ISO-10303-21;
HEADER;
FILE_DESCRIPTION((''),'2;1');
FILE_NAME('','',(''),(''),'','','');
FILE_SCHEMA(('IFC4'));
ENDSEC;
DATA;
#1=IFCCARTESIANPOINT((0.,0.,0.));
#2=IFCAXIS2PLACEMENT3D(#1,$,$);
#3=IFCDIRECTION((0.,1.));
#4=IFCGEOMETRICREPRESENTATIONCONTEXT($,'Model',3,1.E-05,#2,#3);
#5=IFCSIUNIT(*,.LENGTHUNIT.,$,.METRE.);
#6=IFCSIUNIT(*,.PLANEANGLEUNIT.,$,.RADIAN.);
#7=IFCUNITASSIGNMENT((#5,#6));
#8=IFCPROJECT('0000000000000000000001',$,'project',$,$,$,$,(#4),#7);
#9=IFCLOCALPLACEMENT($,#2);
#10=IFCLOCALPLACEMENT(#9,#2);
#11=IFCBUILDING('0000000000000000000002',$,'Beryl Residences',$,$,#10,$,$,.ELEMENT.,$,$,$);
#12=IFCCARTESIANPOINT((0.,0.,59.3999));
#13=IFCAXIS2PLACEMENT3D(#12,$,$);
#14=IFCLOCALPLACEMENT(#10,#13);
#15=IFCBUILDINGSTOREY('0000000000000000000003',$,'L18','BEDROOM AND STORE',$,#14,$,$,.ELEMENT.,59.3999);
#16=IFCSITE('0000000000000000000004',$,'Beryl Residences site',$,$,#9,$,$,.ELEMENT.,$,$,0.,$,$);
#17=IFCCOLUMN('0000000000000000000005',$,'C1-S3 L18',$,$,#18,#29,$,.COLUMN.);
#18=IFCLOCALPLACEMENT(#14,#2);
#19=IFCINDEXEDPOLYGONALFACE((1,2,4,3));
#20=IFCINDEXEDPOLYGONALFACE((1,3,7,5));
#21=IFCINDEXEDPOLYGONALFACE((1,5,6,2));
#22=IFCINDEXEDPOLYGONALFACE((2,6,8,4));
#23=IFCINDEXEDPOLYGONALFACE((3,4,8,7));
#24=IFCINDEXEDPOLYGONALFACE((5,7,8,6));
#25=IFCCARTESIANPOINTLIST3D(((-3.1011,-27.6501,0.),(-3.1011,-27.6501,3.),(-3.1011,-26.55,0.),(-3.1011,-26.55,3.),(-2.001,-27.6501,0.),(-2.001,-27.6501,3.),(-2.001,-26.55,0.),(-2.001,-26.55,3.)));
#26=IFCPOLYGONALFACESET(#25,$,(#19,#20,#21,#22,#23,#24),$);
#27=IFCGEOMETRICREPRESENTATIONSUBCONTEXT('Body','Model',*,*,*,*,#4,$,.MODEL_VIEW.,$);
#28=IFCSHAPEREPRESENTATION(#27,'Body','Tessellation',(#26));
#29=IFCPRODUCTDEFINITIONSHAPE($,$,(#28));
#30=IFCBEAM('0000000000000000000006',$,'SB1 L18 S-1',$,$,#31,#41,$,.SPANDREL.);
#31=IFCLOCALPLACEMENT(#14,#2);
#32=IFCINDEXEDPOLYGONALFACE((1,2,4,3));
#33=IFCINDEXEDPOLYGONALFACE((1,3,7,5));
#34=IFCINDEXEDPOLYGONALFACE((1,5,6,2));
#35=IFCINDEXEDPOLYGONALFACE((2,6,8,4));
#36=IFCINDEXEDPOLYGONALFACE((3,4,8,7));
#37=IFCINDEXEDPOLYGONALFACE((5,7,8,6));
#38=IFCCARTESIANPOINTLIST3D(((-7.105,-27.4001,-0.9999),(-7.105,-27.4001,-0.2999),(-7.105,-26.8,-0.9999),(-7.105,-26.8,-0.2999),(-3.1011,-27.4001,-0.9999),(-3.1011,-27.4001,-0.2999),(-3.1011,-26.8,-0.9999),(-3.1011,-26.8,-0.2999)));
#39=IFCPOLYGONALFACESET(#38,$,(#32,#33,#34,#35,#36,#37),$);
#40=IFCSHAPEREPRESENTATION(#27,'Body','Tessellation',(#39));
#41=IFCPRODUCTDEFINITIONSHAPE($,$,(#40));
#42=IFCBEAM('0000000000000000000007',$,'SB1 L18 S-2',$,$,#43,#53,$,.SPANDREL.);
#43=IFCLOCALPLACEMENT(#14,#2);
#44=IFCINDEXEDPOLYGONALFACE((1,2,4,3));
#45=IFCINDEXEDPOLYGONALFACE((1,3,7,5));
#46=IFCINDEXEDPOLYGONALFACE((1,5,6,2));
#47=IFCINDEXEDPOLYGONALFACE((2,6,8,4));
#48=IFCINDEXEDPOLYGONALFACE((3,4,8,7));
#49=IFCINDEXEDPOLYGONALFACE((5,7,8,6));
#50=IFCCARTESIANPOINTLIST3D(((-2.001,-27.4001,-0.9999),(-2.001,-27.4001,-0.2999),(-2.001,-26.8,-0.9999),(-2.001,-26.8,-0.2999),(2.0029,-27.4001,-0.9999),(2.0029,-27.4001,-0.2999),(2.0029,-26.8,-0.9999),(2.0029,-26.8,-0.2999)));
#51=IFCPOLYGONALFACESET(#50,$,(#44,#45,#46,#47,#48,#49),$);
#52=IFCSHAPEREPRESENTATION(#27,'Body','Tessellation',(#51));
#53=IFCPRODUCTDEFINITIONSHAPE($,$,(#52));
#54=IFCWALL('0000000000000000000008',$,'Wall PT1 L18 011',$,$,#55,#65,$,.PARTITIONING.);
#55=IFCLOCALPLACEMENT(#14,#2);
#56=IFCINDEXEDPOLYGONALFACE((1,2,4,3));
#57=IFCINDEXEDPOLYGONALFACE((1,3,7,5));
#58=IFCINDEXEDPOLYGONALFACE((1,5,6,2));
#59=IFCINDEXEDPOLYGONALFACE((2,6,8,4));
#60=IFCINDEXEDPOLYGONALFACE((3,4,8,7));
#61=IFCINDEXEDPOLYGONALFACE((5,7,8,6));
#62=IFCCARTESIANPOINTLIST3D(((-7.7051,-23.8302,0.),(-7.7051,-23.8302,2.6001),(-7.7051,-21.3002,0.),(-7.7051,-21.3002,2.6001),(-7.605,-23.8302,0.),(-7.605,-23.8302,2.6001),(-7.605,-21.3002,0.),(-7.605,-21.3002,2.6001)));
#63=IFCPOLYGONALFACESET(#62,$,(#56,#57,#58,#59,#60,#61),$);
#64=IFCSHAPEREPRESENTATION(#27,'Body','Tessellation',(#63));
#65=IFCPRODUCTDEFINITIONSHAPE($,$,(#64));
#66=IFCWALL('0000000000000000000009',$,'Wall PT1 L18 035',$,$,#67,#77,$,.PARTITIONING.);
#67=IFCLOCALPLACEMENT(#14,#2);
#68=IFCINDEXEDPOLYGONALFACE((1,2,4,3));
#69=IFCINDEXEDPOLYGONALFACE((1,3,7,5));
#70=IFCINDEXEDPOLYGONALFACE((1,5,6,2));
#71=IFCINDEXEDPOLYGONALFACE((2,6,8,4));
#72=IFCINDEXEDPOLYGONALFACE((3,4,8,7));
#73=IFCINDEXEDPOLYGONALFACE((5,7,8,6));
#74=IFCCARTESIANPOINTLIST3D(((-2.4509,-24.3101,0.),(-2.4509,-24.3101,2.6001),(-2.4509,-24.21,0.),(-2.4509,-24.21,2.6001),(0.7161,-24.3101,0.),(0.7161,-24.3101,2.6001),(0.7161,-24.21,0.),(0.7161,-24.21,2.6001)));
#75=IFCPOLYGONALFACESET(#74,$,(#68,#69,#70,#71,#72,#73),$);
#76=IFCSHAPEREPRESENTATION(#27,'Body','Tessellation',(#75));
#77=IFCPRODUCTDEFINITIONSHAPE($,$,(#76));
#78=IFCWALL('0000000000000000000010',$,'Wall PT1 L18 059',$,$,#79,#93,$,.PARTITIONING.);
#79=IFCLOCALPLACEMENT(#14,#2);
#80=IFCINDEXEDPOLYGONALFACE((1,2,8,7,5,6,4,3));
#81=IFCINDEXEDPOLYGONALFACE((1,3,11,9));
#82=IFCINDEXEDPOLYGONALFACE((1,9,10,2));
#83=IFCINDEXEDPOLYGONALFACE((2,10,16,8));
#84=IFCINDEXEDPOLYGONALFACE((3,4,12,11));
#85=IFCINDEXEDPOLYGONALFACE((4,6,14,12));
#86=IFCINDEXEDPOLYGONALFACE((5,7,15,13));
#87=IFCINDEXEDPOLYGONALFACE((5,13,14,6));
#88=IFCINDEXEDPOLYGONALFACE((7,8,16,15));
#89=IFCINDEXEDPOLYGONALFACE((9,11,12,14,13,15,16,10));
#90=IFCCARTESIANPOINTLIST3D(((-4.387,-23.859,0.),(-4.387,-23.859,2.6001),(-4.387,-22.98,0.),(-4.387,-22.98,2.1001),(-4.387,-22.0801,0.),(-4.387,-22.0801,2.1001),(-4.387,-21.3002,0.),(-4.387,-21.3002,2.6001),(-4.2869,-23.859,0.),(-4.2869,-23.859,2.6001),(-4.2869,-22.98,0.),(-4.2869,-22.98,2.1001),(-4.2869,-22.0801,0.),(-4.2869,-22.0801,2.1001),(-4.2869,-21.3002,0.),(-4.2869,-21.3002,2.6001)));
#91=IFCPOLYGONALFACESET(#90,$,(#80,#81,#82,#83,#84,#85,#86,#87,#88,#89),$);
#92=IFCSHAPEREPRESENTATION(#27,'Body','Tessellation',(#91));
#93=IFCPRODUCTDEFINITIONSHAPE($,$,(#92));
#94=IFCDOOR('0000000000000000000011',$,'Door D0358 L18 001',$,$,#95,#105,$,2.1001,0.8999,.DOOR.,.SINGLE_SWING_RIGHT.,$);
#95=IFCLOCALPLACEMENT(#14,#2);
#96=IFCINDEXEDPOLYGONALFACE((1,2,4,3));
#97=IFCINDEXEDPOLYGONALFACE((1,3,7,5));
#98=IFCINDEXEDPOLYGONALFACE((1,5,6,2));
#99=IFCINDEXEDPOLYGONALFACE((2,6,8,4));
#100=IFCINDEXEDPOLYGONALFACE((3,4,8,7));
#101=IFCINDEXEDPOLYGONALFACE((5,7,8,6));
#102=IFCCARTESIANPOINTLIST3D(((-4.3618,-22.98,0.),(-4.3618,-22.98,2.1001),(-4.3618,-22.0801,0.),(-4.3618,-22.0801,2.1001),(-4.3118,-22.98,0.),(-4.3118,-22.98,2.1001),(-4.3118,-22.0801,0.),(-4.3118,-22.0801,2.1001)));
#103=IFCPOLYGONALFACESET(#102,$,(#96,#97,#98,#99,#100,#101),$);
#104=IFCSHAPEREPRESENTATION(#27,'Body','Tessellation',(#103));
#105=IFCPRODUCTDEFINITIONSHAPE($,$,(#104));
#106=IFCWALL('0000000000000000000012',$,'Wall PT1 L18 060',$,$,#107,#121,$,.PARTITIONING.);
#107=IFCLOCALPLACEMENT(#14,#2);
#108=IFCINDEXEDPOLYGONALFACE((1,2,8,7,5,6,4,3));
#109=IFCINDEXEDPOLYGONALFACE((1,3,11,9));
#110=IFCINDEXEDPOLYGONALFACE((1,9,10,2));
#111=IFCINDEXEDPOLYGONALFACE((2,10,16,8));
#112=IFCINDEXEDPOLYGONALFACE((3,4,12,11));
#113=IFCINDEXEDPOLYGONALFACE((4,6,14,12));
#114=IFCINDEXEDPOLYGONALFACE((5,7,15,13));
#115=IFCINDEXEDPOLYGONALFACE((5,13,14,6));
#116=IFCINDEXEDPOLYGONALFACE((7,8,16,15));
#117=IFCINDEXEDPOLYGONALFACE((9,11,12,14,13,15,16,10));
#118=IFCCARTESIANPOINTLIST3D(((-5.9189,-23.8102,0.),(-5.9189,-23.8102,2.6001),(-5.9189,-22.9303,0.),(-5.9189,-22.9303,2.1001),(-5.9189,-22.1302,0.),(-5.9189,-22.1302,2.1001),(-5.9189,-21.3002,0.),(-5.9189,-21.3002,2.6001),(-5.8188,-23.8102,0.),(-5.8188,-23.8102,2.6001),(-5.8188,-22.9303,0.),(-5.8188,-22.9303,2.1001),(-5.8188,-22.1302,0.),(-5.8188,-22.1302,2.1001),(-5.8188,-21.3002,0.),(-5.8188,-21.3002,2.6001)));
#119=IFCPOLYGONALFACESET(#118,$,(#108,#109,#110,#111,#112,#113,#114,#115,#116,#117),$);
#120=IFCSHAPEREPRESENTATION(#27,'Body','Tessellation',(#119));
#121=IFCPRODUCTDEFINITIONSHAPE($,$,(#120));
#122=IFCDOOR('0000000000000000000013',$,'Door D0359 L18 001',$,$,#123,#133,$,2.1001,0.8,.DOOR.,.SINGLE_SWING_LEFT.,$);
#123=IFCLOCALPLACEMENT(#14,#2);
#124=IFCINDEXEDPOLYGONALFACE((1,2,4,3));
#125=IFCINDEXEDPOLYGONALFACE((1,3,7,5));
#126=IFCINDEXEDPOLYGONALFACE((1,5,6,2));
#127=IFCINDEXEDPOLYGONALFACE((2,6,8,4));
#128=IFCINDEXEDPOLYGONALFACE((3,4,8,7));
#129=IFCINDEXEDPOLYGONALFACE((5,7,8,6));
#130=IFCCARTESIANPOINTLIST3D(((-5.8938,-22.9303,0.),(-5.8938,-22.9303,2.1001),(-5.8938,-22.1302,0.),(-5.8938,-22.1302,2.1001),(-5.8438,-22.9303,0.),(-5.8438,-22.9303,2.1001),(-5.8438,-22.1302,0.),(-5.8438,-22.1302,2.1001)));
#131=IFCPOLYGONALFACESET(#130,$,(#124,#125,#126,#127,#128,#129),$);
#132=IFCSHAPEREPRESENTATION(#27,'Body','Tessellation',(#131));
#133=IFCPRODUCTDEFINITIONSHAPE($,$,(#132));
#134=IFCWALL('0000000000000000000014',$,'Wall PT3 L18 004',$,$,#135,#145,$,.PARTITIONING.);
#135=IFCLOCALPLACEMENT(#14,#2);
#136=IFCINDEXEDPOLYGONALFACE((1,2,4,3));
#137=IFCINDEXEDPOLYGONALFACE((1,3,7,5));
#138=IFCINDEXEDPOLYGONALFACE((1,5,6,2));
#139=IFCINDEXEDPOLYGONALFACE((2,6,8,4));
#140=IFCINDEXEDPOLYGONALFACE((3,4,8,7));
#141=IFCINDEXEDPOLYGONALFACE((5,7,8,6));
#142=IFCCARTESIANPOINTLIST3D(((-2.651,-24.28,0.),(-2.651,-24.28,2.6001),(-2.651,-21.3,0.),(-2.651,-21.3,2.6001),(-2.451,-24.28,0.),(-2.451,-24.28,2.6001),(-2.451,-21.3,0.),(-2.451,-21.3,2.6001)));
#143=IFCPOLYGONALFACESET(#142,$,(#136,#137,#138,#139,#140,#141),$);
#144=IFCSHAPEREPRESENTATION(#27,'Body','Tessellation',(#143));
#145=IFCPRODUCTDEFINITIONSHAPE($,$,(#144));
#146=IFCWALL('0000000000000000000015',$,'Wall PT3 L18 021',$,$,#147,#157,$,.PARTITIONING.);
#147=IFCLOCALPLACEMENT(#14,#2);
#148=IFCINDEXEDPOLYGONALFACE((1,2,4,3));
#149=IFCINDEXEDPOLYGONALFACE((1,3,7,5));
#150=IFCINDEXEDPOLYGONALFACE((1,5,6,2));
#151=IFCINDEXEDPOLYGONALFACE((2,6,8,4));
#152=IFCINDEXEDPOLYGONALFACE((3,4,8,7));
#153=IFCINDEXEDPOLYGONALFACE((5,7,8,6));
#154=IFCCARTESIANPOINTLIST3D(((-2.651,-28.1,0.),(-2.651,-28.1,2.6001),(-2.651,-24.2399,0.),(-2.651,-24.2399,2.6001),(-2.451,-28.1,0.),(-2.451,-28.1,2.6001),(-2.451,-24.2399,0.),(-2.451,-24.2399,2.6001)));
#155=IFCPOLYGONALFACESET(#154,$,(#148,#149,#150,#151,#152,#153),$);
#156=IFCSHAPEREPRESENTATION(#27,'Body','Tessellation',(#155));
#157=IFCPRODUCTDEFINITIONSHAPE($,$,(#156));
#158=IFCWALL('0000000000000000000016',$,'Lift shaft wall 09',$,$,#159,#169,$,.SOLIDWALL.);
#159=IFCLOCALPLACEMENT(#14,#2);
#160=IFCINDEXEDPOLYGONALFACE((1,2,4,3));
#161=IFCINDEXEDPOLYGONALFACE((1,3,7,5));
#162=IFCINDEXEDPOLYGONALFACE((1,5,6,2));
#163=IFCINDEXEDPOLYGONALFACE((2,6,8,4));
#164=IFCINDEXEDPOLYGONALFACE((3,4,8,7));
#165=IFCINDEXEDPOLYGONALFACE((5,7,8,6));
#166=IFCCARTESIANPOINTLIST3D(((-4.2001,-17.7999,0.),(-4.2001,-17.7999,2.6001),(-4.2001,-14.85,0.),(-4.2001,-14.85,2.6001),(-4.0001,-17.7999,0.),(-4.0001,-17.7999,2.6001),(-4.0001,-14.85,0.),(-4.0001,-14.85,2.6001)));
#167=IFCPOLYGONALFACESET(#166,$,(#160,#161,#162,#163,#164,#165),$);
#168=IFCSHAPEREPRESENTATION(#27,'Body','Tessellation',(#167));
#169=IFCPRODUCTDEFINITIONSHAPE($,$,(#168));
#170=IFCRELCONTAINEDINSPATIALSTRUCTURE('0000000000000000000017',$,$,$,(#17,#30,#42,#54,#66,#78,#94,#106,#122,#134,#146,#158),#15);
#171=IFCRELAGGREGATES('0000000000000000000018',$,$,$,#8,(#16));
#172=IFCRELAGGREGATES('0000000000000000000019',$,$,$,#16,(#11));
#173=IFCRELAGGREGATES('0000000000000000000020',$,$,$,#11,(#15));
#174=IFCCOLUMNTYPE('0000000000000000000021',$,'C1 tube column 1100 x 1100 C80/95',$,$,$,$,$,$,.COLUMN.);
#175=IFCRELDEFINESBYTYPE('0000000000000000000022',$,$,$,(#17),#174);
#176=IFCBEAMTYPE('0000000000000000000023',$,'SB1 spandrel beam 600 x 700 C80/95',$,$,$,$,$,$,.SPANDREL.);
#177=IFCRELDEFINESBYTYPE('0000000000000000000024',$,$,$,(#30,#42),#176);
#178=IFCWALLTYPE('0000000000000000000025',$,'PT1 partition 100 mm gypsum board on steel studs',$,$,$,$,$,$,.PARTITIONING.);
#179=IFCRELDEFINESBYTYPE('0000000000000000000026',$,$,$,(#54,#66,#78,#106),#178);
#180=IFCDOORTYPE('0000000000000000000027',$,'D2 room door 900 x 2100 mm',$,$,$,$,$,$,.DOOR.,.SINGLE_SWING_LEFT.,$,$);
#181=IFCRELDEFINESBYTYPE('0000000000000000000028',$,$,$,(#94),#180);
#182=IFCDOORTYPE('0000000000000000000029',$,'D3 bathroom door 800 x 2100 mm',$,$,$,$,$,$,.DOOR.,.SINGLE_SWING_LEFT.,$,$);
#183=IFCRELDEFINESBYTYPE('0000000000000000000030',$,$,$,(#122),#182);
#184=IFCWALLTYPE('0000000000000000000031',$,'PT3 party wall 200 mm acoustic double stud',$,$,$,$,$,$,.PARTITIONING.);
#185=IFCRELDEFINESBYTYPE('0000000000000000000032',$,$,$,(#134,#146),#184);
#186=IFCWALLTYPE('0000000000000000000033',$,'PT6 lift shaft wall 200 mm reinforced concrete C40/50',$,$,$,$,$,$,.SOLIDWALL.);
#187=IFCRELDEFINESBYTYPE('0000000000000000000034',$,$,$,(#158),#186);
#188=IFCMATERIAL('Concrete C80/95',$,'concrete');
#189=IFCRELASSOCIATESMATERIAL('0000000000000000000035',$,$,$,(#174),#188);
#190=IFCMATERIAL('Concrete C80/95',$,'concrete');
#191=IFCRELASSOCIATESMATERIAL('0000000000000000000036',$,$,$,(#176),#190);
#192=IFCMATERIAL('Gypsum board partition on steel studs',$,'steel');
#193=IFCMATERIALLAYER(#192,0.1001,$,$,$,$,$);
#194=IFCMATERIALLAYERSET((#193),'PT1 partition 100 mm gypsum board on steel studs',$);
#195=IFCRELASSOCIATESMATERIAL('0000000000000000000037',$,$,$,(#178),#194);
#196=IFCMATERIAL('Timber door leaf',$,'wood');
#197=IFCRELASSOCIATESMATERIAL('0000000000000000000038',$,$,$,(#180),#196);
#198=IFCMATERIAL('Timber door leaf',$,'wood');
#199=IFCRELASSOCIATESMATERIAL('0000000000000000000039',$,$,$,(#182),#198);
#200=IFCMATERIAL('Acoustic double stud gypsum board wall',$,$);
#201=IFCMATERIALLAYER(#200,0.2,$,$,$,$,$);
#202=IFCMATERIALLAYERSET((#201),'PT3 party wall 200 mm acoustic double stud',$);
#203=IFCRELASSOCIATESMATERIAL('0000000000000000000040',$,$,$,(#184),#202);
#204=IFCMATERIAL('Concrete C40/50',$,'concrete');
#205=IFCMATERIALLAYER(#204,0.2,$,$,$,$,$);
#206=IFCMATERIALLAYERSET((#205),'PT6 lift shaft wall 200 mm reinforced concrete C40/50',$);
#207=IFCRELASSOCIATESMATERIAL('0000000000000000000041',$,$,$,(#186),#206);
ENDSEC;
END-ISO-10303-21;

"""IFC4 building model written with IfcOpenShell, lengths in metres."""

from ifc_helpers import new_model, si_unit, direction, frame, frame_2d, origin, origin_2d, place, context, subcontext, project, spatial, rectangle, extrude, material, layer, layer_set, material_profile, profile_set, type_object, element, fill, save


model = new_model("IFC4")

# Units and contexts
model_context = context("Model", 3, precision=1e-05, world=origin(), true_north=direction((0.0, 1.0)))
body_context = subcontext(model_context, "Body", "Model", "MODEL_VIEW")
ifc_project = project(units=[si_unit("LENGTHUNIT", "METRE"), si_unit("PLANEANGLEUNIT", "RADIAN")], contexts=[model_context])

# Site, building, storey
site_placement = place(None, origin())
site = spatial("IfcSite", under=ifc_project, at=site_placement, Name="Beryl Residences site", CompositionType="ELEMENT", RefElevation=0.0)
building_placement = place(site_placement, origin())
building = spatial("IfcBuilding", under=site, at=building_placement, Name="Beryl Residences", CompositionType="ELEMENT")
storey_placement = place(building_placement, frame((0.0, 0.0, 59.3999)))
storey = spatial("IfcBuildingStorey", under=building, at=storey_placement, Name="L18", Description="BEDROOM AND STORE", CompositionType="ELEMENT", Elevation=59.3999)

# Column
ifc_material_1 = material(Name="Concrete C80/95", Category="concrete")
ifc_material_profile_1 = material_profile(ifc_material_1, rectangle(XDim=1.1001, YDim=1.1001, at=origin_2d()))
ifc_profile_set_1 = profile_set([ifc_material_profile_1], Name="Concrete C80/95")
column_type = type_object("IfcColumnType", Name="C1 tube column 1100 x 1100 C80/95", PredefinedType="COLUMN", material=ifc_profile_set_1)
column_placement = place(storey_placement, frame((-2.551, -27.1001, 0.0), z_axis=(0.0, 0.0, 1.0), x_axis=(1.0, 0.0, 0.0)))
element("IfcColumn", 1, at=column_placement, inside=storey, type_object=column_type, Name="C1-S3 L18", PredefinedType="COLUMN", context=body_context, shape_type="SweptSolid", body=[
    extrude(rectangle(XDim=1.1001, YDim=1.1001, at=origin_2d()), origin(), (0.0, 0.0, 1.0), 3.0),
])

# Beams
ifc_material_2 = material(Name="Concrete C80/95", Category="concrete")
ifc_material_profile_2 = material_profile(ifc_material_2, rectangle(XDim=0.6001, YDim=0.7, at=origin_2d()))
ifc_profile_set_2 = profile_set([ifc_material_profile_2], Name="Concrete C80/95")
beam_type = type_object("IfcBeamType", Name="SB1 spandrel beam 600 x 700 C80/95", PredefinedType="SPANDREL", material=ifc_profile_set_2)
for number, where, z_axis, x_axis, name in (
    (2, (-7.105, -27.1001, -0.6499), (1.0, 0.0, 0.0), (0.0, 1.0, 0.0), "SB1 L18 S-1"),
    (3, (-2.001, -27.1001, -0.6499), (1.0, 0.0, 0.0), (0.0, 1.0, 0.0), "SB1 L18 S-2"),
):
    element("IfcBeam", number, at=place(storey_placement, frame(where, z_axis=z_axis, x_axis=x_axis)), inside=storey, type_object=beam_type, Name=name, PredefinedType="SPANDREL", context=body_context, shape_type="SweptSolid", body=[
        extrude(rectangle(XDim=0.6001, YDim=0.7, at=origin_2d()), origin(), (0.0, 0.0, 1.0), 4.0039),
    ])

# Walls
ifc_material_3 = material(Name="Gypsum board partition on steel studs", Category="steel")
ifc_layer_1 = layer(ifc_material_3, 0.1001)
ifc_layer_set_1 = layer_set([ifc_layer_1], Name="PT1 partition 100 mm gypsum board on steel studs")
wall_type_1 = type_object("IfcWallType", Name="PT1 partition 100 mm gypsum board on steel studs", PredefinedType="PARTITIONING", material=ifc_layer_set_1)
wall_1_placement = place(storey_placement, frame((-7.655, -21.3, 0.0), z_axis=(0.0, 0.0, 1.0), x_axis=(0.0, -1.0, 0.0)))
element("IfcWall", 4, at=wall_1_placement, inside=storey, type_object=wall_type_1, Name="Wall PT1 L18 011", PredefinedType="PARTITIONING", context=body_context, shape_type="SweptSolid", body=[
    extrude(rectangle(XDim=2.53, YDim=0.1001, at=frame_2d((1.2651, 0.0))), origin(), (0.0, 0.0, 1.0), 2.6001),
])
wall_2_placement = place(storey_placement, frame((-2.4509, -24.26, 0.0), z_axis=(0.0, 0.0, 1.0), x_axis=(1.0, 0.0, 0.0)))
element("IfcWall", 5, at=wall_2_placement, inside=storey, type_object=wall_type_1, Name="Wall PT1 L18 035", PredefinedType="PARTITIONING", context=body_context, shape_type="SweptSolid", body=[
    extrude(rectangle(XDim=3.167, YDim=0.1001, at=frame_2d((1.5835, 0.0))), origin(), (0.0, 0.0, 1.0), 2.6001),
])

# Walls, openings, doors
wall_3_placement = place(storey_placement, frame((-4.3369, -23.8589, 0.0), z_axis=(0.0, 0.0, 1.0), x_axis=(0.0, 1.0, 0.0)))
wall_3 = element("IfcWall", 6, at=wall_3_placement, inside=storey, type_object=wall_type_1, Name="Wall PT1 L18 059", PredefinedType="PARTITIONING", context=body_context, shape_type="SweptSolid", body=[
    extrude(rectangle(XDim=2.5588, YDim=0.1001, at=frame_2d((1.2793, 0.0))), origin(), (0.0, 0.0, 1.0), 2.6001),
])
opening_1_placement = place(wall_3_placement, frame((0.8789, 0.0, 0.0)))
opening_1 = element("IfcOpeningElement", 7, at=opening_1_placement, cuts=wall_3, PredefinedType="OPENING", context=body_context, shape_type="SweptSolid", body=[
    extrude(rectangle(XDim=0.8999, YDim=2.1001, at=frame_2d((0.45, 1.05))), frame((0.0, 0.0601, 0.0), z_axis=(0.0, -1.0, 0.0), x_axis=(1.0, 0.0, 0.0)), (0.0, 0.0, 1.0), 0.1201),
])
ifc_material_4 = material(Name="Timber door leaf", Category="wood")
door_type_1 = type_object("IfcDoorType", Name="D2 room door 900 x 2100 mm", OperationType="SINGLE_SWING_LEFT", PredefinedType="DOOR", material=ifc_material_4)
door_1_placement = place(opening_1_placement, origin())
door_1 = element("IfcDoor", 8, at=door_1_placement, inside=storey, type_object=door_type_1, Name="Door D0358 L18 001", OperationType="SINGLE_SWING_RIGHT", OverallHeight=2.1001, OverallWidth=0.8999, PredefinedType="DOOR", context=body_context, shape_type="SweptSolid", body=[
    extrude(rectangle(XDim=0.8999, YDim=2.1001, at=frame_2d((0.45, 1.05))), frame((0.0, 0.0249, 0.0), z_axis=(0.0, -1.0, 0.0), x_axis=(1.0, 0.0, 0.0)), (0.0, 0.0, 1.0), 0.05),
])
fill(opening_1, door_1)
wall_4_placement = place(storey_placement, frame((-5.8689, -23.8101, 0.0), z_axis=(0.0, 0.0, 1.0), x_axis=(0.0, 1.0, 0.0)))
wall_4 = element("IfcWall", 9, at=wall_4_placement, inside=storey, type_object=wall_type_1, Name="Wall PT1 L18 060", PredefinedType="PARTITIONING", context=body_context, shape_type="SweptSolid", body=[
    extrude(rectangle(XDim=2.51, YDim=0.1001, at=frame_2d((1.2549, 0.0))), origin(), (0.0, 0.0, 1.0), 2.6001),
])
opening_2_placement = place(wall_4_placement, frame((0.8799, 0.0, 0.0)))
opening_2 = element("IfcOpeningElement", 10, at=opening_2_placement, cuts=wall_4, PredefinedType="OPENING", context=body_context, shape_type="SweptSolid", body=[
    extrude(rectangle(XDim=0.8, YDim=2.1001, at=frame_2d((0.3999, 1.05))), frame((0.0, 0.0601, 0.0), z_axis=(0.0, -1.0, 0.0), x_axis=(1.0, 0.0, 0.0)), (0.0, 0.0, 1.0), 0.1201),
])
ifc_material_5 = material(Name="Timber door leaf", Category="wood")
door_type_2 = type_object("IfcDoorType", Name="D3 bathroom door 800 x 2100 mm", OperationType="SINGLE_SWING_LEFT", PredefinedType="DOOR", material=ifc_material_5)
door_2_placement = place(opening_2_placement, origin())
door_2 = element("IfcDoor", 11, at=door_2_placement, inside=storey, type_object=door_type_2, Name="Door D0359 L18 001", OperationType="SINGLE_SWING_LEFT", OverallHeight=2.1001, OverallWidth=0.8, PredefinedType="DOOR", context=body_context, shape_type="SweptSolid", body=[
    extrude(rectangle(XDim=0.8, YDim=2.1001, at=frame_2d((0.3999, 1.05))), frame((0.0, 0.0249, 0.0), z_axis=(0.0, -1.0, 0.0), x_axis=(1.0, 0.0, 0.0)), (0.0, 0.0, 1.0), 0.05),
])
fill(opening_2, door_2)

# Walls
ifc_material_6 = material(Name="Acoustic double stud gypsum board wall")
ifc_layer_2 = layer(ifc_material_6, 0.2)
ifc_layer_set_2 = layer_set([ifc_layer_2], Name="PT3 party wall 200 mm acoustic double stud")
wall_type_2 = type_object("IfcWallType", Name="PT3 party wall 200 mm acoustic double stud", PredefinedType="PARTITIONING", material=ifc_layer_set_2)
wall_5_placement = place(storey_placement, frame((-2.551, -21.3, 0.0), z_axis=(0.0, 0.0, 1.0), x_axis=(0.0, -1.0, 0.0)))
element("IfcWall", 12, at=wall_5_placement, inside=storey, type_object=wall_type_2, Name="Wall PT3 L18 004", PredefinedType="PARTITIONING", context=body_context, shape_type="SweptSolid", body=[
    extrude(rectangle(XDim=2.98, YDim=0.2, at=frame_2d((1.49, 0.0))), origin(), (0.0, 0.0, 1.0), 2.6001),
])
wall_6_placement = place(storey_placement, frame((-2.551, -28.1001, 0.0), z_axis=(0.0, 0.0, 1.0), x_axis=(0.0, 1.0, 0.0)))
element("IfcWall", 13, at=wall_6_placement, inside=storey, type_object=wall_type_2, Name="Wall PT3 L18 021", PredefinedType="PARTITIONING", context=body_context, shape_type="SweptSolid", body=[
    extrude(rectangle(XDim=3.8601, YDim=0.2, at=frame_2d((1.9302, 0.0))), origin(), (0.0, 0.0, 1.0), 2.6001),
])
ifc_material_7 = material(Name="Concrete C40/50", Category="concrete")
ifc_layer_3 = layer(ifc_material_7, 0.2)
ifc_layer_set_3 = layer_set([ifc_layer_3], Name="PT6 lift shaft wall 200 mm reinforced concrete C40/50")
wall_type_3 = type_object("IfcWallType", Name="PT6 lift shaft wall 200 mm reinforced concrete C40/50", PredefinedType="SOLIDWALL", material=ifc_layer_set_3)
wall_7_placement = place(storey_placement, frame((-4.1001, -17.8, 0.0), z_axis=(0.0, 0.0, 1.0), x_axis=(0.0, 1.0, 0.0)))
element("IfcWall", 14, at=wall_7_placement, inside=storey, type_object=wall_type_3, Name="Lift shaft wall 09", PredefinedType="SOLIDWALL", context=body_context, shape_type="SweptSolid", body=[
    extrude(rectangle(XDim=2.95, YDim=0.2, at=frame_2d((1.4751, 0.0))), origin(), (0.0, 0.0, 1.0), 2.6001),
])

save(model, "model.ifc")
